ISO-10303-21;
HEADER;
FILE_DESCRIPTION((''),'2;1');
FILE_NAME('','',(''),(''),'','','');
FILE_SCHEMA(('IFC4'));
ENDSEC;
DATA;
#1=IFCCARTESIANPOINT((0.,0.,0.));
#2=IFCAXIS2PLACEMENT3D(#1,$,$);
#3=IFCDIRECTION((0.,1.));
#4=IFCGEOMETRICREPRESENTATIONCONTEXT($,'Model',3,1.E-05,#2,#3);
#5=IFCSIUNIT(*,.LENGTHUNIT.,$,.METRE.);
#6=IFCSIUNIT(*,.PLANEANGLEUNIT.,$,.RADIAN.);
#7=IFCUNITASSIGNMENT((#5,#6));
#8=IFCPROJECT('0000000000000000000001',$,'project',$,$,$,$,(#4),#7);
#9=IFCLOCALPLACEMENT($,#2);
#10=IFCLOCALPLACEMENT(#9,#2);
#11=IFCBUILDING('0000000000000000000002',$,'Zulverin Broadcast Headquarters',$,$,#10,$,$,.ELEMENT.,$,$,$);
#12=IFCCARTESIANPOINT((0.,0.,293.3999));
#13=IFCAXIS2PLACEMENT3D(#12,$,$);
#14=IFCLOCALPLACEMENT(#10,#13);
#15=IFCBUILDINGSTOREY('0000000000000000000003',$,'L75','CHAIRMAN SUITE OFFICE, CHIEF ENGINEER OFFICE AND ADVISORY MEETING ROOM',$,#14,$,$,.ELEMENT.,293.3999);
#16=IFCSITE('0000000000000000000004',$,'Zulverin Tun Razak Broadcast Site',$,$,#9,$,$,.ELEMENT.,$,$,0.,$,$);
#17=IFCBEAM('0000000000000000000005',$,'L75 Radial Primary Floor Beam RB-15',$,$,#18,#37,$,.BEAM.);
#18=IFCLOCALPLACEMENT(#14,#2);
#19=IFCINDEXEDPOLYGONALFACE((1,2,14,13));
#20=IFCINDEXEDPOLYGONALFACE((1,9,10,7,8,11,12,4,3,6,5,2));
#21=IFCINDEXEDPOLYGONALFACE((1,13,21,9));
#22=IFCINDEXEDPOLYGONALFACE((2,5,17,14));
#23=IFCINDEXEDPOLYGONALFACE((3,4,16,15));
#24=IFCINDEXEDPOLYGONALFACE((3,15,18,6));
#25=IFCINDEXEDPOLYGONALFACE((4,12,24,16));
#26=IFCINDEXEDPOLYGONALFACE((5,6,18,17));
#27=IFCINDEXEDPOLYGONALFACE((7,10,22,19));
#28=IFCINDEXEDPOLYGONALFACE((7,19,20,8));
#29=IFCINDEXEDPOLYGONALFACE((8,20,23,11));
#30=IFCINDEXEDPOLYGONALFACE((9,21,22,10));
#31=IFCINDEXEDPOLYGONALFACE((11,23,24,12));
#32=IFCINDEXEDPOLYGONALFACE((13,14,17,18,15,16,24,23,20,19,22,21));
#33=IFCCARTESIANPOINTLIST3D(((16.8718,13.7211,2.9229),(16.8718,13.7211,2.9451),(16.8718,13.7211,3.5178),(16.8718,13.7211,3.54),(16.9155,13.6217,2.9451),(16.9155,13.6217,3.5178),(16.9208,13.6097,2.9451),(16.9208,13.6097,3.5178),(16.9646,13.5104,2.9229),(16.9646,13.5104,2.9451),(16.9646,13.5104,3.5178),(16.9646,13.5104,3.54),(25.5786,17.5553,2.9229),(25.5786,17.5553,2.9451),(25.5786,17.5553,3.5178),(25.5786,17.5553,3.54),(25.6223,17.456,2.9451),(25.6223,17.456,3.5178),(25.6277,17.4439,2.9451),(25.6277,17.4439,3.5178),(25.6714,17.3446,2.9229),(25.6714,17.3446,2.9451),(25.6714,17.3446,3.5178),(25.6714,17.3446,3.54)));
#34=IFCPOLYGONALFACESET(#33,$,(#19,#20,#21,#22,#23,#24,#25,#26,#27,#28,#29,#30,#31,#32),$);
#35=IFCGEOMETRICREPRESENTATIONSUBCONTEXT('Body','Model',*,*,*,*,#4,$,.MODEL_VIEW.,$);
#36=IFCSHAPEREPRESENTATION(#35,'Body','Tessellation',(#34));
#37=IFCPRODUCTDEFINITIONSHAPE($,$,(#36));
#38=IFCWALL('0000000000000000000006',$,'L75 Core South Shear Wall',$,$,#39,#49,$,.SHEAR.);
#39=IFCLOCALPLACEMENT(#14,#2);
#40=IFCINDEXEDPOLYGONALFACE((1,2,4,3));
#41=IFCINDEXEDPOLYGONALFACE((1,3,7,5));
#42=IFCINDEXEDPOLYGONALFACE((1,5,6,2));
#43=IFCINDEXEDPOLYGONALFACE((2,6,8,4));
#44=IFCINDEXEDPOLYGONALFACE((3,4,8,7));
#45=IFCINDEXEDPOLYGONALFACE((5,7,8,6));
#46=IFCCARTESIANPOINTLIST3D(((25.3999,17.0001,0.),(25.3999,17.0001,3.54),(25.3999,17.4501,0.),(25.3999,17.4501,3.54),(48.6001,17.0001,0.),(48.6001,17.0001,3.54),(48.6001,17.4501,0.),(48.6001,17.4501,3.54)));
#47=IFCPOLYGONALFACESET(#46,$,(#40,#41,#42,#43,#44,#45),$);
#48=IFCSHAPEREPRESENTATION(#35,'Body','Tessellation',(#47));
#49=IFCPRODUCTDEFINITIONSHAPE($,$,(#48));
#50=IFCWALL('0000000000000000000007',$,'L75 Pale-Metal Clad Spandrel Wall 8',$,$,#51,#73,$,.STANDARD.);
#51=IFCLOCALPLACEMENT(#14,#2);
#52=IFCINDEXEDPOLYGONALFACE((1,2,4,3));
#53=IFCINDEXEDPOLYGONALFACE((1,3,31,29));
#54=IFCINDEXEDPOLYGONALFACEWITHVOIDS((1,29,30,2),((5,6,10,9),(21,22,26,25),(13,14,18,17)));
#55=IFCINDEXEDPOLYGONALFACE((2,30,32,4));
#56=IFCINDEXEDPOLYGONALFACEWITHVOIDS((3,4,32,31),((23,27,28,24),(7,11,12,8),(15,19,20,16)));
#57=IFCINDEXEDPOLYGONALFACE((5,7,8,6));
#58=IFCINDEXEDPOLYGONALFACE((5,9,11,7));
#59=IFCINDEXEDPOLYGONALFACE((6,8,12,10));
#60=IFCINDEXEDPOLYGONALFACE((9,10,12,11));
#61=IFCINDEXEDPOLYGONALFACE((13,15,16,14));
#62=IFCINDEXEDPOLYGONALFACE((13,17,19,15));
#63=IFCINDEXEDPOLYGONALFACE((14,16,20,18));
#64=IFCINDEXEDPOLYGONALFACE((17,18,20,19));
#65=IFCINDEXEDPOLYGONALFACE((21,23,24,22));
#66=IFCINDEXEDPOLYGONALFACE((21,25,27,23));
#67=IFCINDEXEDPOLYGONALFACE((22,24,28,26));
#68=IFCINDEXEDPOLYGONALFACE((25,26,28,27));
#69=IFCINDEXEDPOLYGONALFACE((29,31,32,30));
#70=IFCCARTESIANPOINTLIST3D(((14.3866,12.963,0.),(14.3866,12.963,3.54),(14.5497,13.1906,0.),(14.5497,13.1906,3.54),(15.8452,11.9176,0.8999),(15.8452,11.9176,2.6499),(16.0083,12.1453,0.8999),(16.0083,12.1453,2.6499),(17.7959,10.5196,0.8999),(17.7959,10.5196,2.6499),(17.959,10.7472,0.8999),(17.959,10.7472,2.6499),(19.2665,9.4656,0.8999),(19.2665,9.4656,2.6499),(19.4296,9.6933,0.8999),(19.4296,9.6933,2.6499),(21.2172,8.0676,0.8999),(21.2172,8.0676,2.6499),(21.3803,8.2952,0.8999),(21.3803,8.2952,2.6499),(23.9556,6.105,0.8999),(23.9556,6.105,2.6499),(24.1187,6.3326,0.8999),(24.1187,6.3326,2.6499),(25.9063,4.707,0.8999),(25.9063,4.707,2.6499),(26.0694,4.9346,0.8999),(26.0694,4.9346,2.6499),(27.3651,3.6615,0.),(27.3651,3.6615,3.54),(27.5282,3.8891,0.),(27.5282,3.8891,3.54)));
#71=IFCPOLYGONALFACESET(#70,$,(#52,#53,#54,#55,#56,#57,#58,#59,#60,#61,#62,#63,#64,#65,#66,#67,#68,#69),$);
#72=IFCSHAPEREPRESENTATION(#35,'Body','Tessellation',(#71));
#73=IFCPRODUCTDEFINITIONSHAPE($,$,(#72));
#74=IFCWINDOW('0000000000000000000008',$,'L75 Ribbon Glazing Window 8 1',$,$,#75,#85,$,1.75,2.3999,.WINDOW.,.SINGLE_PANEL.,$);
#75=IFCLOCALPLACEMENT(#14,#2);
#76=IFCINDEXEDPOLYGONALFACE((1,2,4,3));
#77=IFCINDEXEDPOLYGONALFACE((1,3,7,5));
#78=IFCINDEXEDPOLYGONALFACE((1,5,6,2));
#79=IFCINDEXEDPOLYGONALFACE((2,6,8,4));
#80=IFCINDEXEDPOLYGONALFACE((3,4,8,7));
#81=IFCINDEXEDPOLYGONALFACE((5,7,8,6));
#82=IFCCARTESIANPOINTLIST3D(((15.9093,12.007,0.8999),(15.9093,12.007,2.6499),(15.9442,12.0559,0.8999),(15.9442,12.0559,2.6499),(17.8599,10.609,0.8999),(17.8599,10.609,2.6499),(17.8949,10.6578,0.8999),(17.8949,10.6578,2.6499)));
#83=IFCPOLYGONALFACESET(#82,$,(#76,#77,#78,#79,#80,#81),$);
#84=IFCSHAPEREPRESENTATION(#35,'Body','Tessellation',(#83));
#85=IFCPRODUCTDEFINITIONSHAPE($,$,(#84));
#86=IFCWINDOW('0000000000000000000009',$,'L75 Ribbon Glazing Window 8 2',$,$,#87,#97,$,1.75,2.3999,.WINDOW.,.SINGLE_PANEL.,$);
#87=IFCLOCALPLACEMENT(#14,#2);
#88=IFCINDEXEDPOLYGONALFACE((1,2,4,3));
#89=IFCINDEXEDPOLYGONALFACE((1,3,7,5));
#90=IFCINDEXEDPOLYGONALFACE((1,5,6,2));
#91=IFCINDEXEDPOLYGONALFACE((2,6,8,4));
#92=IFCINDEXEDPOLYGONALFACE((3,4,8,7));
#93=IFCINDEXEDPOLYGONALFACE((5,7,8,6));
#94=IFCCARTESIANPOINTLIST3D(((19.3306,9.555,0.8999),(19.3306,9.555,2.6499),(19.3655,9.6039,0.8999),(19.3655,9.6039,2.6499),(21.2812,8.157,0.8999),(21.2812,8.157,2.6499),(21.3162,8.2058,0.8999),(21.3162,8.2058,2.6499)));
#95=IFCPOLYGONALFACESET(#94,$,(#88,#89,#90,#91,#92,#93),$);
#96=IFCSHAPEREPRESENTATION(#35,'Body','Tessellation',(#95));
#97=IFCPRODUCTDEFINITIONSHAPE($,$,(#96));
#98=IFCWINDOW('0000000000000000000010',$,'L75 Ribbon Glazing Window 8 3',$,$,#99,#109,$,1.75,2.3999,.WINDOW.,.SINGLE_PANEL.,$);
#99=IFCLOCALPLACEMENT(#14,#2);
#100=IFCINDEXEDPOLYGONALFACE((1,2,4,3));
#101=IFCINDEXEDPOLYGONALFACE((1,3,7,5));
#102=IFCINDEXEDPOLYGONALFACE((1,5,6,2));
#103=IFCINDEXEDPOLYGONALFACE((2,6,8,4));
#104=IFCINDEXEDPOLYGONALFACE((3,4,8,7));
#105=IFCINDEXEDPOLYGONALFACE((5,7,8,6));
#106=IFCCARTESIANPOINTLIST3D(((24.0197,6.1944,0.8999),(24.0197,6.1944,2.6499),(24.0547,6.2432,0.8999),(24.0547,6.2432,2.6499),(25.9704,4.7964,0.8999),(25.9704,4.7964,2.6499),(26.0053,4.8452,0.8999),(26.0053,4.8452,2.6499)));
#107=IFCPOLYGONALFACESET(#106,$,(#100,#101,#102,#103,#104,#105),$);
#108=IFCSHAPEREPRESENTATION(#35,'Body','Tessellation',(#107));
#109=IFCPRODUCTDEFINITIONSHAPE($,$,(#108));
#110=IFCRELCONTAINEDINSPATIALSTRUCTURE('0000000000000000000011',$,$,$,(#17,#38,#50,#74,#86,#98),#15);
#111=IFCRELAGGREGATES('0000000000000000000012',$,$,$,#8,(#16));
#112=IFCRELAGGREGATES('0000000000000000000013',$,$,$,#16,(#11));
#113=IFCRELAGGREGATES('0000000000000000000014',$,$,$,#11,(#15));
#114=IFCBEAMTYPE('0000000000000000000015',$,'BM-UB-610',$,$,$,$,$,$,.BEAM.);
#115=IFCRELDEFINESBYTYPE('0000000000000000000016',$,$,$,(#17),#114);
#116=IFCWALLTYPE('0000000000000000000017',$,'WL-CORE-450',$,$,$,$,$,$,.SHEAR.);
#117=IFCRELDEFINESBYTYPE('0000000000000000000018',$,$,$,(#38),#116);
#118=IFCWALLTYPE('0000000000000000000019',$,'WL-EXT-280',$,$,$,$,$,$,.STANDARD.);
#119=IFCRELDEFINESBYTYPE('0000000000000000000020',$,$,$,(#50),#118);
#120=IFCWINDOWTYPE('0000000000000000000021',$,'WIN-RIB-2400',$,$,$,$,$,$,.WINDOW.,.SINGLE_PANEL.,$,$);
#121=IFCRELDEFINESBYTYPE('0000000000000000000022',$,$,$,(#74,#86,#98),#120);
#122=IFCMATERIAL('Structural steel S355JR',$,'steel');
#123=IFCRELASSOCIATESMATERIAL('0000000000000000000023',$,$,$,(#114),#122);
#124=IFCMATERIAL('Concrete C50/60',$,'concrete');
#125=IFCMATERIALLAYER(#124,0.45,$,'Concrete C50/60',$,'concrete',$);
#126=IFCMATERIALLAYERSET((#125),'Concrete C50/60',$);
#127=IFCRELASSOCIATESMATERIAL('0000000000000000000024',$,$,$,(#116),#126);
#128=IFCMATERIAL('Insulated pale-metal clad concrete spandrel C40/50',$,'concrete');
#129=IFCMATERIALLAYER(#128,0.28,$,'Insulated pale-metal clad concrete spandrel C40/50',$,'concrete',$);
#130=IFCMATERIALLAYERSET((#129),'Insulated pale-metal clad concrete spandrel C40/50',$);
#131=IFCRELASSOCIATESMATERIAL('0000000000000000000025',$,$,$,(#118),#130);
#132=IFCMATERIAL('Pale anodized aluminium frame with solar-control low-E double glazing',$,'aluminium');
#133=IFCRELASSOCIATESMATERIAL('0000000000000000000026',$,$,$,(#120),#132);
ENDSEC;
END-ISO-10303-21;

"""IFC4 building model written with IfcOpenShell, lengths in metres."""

from ifc_helpers import new_model, si_unit, direction, frame, frame_2d, origin, origin_2d, place, context, subcontext, project, spatial, rectangle, i_section, extrude, material, layer, layer_set, material_profile, profile_set, type_object, element, fill, save


model = new_model("IFC4")

# Units and contexts
model_context = context("Model", 3, precision=1e-05, world=origin(), true_north=direction((0.0, 1.0)))
body_context = subcontext(model_context, "Body", "Model", "MODEL_VIEW")
ifc_project = project(units=[si_unit("LENGTHUNIT", "METRE"), si_unit("PLANEANGLEUNIT", "RADIAN")], contexts=[model_context])

# Site, building, storey
site_placement = place(None, origin())
site = spatial("IfcSite", under=ifc_project, at=site_placement, Name="Zulverin Tun Razak Broadcast Site", CompositionType="ELEMENT", RefElevation=0.0)
building_placement = place(site_placement, origin())
building = spatial("IfcBuilding", under=site, at=building_placement, Name="Zulverin Broadcast Headquarters", CompositionType="ELEMENT")
storey_placement = place(building_placement, frame((0.0, 0.0, 293.3999)))
storey = spatial("IfcBuildingStorey", under=building, at=storey_placement, Name="L75", Description="CHAIRMAN SUITE OFFICE, CHIEF ENGINEER OFFICE AND ADVISORY MEETING ROOM", CompositionType="ELEMENT", Elevation=293.3999)

# Shared definitions
ifc_material_1 = material(Name="Concrete C50/60", Category="concrete")

# Beam
ifc_material_2 = material(Name="Structural steel S355JR", Category="steel")
ifc_material_profile_1 = material_profile(ifc_material_2, i_section(OverallWidth=0.2302, OverallDepth=0.6172, WebThickness=0.0132, FlangeThickness=0.0222, at=origin_2d()), Name="Structural steel S355JR", Category="steel")
ifc_profile_set_1 = profile_set([ifc_material_profile_1], Name="Structural steel S355JR")
beam_type_1 = type_object("IfcBeamType", Name="BM-UB-610", PredefinedType="BEAM", material=ifc_profile_set_1)
beam_1_placement = place(storey_placement, frame((25.625, 17.45, 3.2314), z_axis=(-0.915189, -0.403024, 0.0), x_axis=(0.403024, -0.915189, 0.0)))
element("IfcBeam", 1, at=beam_1_placement, inside=storey, type_object=beam_type_1, Name="L75 Radial Primary Floor Beam RB-15", PredefinedType="BEAM", context=body_context, shape_type="SweptSolid", body=[
    extrude(i_section(OverallWidth=0.2302, OverallDepth=0.6172, WebThickness=0.0132, FlangeThickness=0.0222, at=origin_2d()), origin(), (0.0, 0.0, 1.0), 9.5137),
])

# Wall
ifc_layer_1 = layer(ifc_material_1, 0.45, Name="Concrete C50/60", Category="concrete")
ifc_layer_set_1 = layer_set([ifc_layer_1], Name="Concrete C50/60")
wall_type_1 = type_object("IfcWallType", Name="WL-CORE-450", PredefinedType="SHEAR", material=ifc_layer_set_1)
wall_1_placement = place(storey_placement, frame((25.3999, 17.2251, 0.0), z_axis=(0.0, 0.0, 1.0), x_axis=(1.0, 0.0, 0.0)))
element("IfcWall", 2, at=wall_1_placement, inside=storey, type_object=wall_type_1, Name="L75 Core South Shear Wall", PredefinedType="SHEAR", context=body_context, shape_type="SweptSolid", body=[
    extrude(rectangle(XDim=23.2002, YDim=0.45, at=frame_2d((11.6001, 0.0))), origin(), (0.0, 0.0, 1.0), 3.54),
])

# Wall, openings, windows
ifc_material_3 = material(Name="Insulated pale-metal clad concrete spandrel C40/50", Category="concrete")
ifc_layer_2 = layer(ifc_material_3, 0.28, Name="Insulated pale-metal clad concrete spandrel C40/50", Category="concrete")
ifc_layer_set_2 = layer_set([ifc_layer_2], Name="Insulated pale-metal clad concrete spandrel C40/50")
wall_type_2 = type_object("IfcWallType", Name="WL-EXT-280", PredefinedType="STANDARD", material=ifc_layer_set_2)
wall_2_placement = place(storey_placement, frame((14.468, 13.0769, 0.0), z_axis=(0.0, 0.0, 1.0), x_axis=(0.81281, -0.582529, 0.0)))
wall_2 = element("IfcWall", 3, at=wall_2_placement, inside=storey, type_object=wall_type_2, Name="L75 Pale-Metal Clad Spandrel Wall 8", PredefinedType="STANDARD", context=body_context, shape_type="SweptSolid", body=[
    extrude(rectangle(XDim=15.9675, YDim=0.28, at=frame_2d((7.9839, 0.0))), origin(), (0.0, 0.0, 1.0), 3.54),
])
opening_1_placement = place(wall_2_placement, frame((1.7947, 0.0, 0.8999)))
opening_1 = element("IfcOpeningElement", 4, at=opening_1_placement, cuts=wall_2, PredefinedType="OPENING", context=body_context, shape_type="SweptSolid", body=[
    extrude(rectangle(XDim=2.3999, YDim=1.75, at=frame_2d((1.2, 0.875))), frame((0.0, 0.1499, 0.0), z_axis=(0.0, -1.0, 0.0), x_axis=(1.0, 0.0, 0.0)), (0.0, 0.0, 1.0), 0.3),
])
opening_2_placement = place(wall_2_placement, frame((6.0039, 0.0, 0.8999)))
opening_2 = element("IfcOpeningElement", 5, at=opening_2_placement, cuts=wall_2, PredefinedType="OPENING", context=body_context, shape_type="SweptSolid", body=[
    extrude(rectangle(XDim=2.3999, YDim=1.75, at=frame_2d((1.2, 0.875))), frame((0.0, 0.1499, 0.0), z_axis=(0.0, -1.0, 0.0), x_axis=(1.0, 0.0, 0.0)), (0.0, 0.0, 1.0), 0.3),
])
opening_3_placement = place(wall_2_placement, frame((11.7729, 0.0, 0.8999)))
opening_3 = element("IfcOpeningElement", 6, at=opening_3_placement, cuts=wall_2, PredefinedType="OPENING", context=body_context, shape_type="SweptSolid", body=[
    extrude(rectangle(XDim=2.3999, YDim=1.75, at=frame_2d((1.2, 0.875))), frame((0.0, 0.1499, 0.0), z_axis=(0.0, -1.0, 0.0), x_axis=(1.0, 0.0, 0.0)), (0.0, 0.0, 1.0), 0.3),
])
ifc_material_4 = material(Name="Pale anodized aluminium frame with solar-control low-E double glazing", Category="aluminium")
window_type = type_object("IfcWindowType", Name="WIN-RIB-2400", PartitioningType="SINGLE_PANEL", PredefinedType="WINDOW", material=ifc_material_4)
window_1_placement = place(opening_1_placement, origin())
window_1 = element("IfcWindow", 7, at=window_1_placement, inside=storey, type_object=window_type, Name="L75 Ribbon Glazing Window 8 1", OverallHeight=1.75, OverallWidth=2.3999, PartitioningType="SINGLE_PANEL", PredefinedType="WINDOW", context=body_context, shape_type="SweptSolid", body=[
    extrude(rectangle(XDim=2.3999, YDim=1.75, at=frame_2d((1.2, 0.875))), frame((0.0, 0.03, 0.0), z_axis=(0.0, -1.0, 0.0), x_axis=(1.0, 0.0, 0.0)), (0.0, 0.0, 1.0), 0.0601),
])
fill(opening_1, window_1)
window_2_placement = place(opening_2_placement, origin())
window_2 = element("IfcWindow", 8, at=window_2_placement, inside=storey, type_object=window_type, Name="L75 Ribbon Glazing Window 8 2", OverallHeight=1.75, OverallWidth=2.3999, PartitioningType="SINGLE_PANEL", PredefinedType="WINDOW", context=body_context, shape_type="SweptSolid", body=[
    extrude(rectangle(XDim=2.3999, YDim=1.75, at=frame_2d((1.2, 0.875))), frame((0.0, 0.03, 0.0), z_axis=(0.0, -1.0, 0.0), x_axis=(1.0, 0.0, 0.0)), (0.0, 0.0, 1.0), 0.0601),
])
fill(opening_2, window_2)
window_3_placement = place(opening_3_placement, origin())
window_3 = element("IfcWindow", 9, at=window_3_placement, inside=storey, type_object=window_type, Name="L75 Ribbon Glazing Window 8 3", OverallHeight=1.75, OverallWidth=2.3999, PartitioningType="SINGLE_PANEL", PredefinedType="WINDOW", context=body_context, shape_type="SweptSolid", body=[
    extrude(rectangle(XDim=2.3999, YDim=1.75, at=frame_2d((1.2, 0.875))), frame((0.0, 0.03, 0.0), z_axis=(0.0, -1.0, 0.0), x_axis=(1.0, 0.0, 0.0)), (0.0, 0.0, 1.0), 0.0601),
])
fill(opening_3, window_3)

save(model, "model.ifc")
